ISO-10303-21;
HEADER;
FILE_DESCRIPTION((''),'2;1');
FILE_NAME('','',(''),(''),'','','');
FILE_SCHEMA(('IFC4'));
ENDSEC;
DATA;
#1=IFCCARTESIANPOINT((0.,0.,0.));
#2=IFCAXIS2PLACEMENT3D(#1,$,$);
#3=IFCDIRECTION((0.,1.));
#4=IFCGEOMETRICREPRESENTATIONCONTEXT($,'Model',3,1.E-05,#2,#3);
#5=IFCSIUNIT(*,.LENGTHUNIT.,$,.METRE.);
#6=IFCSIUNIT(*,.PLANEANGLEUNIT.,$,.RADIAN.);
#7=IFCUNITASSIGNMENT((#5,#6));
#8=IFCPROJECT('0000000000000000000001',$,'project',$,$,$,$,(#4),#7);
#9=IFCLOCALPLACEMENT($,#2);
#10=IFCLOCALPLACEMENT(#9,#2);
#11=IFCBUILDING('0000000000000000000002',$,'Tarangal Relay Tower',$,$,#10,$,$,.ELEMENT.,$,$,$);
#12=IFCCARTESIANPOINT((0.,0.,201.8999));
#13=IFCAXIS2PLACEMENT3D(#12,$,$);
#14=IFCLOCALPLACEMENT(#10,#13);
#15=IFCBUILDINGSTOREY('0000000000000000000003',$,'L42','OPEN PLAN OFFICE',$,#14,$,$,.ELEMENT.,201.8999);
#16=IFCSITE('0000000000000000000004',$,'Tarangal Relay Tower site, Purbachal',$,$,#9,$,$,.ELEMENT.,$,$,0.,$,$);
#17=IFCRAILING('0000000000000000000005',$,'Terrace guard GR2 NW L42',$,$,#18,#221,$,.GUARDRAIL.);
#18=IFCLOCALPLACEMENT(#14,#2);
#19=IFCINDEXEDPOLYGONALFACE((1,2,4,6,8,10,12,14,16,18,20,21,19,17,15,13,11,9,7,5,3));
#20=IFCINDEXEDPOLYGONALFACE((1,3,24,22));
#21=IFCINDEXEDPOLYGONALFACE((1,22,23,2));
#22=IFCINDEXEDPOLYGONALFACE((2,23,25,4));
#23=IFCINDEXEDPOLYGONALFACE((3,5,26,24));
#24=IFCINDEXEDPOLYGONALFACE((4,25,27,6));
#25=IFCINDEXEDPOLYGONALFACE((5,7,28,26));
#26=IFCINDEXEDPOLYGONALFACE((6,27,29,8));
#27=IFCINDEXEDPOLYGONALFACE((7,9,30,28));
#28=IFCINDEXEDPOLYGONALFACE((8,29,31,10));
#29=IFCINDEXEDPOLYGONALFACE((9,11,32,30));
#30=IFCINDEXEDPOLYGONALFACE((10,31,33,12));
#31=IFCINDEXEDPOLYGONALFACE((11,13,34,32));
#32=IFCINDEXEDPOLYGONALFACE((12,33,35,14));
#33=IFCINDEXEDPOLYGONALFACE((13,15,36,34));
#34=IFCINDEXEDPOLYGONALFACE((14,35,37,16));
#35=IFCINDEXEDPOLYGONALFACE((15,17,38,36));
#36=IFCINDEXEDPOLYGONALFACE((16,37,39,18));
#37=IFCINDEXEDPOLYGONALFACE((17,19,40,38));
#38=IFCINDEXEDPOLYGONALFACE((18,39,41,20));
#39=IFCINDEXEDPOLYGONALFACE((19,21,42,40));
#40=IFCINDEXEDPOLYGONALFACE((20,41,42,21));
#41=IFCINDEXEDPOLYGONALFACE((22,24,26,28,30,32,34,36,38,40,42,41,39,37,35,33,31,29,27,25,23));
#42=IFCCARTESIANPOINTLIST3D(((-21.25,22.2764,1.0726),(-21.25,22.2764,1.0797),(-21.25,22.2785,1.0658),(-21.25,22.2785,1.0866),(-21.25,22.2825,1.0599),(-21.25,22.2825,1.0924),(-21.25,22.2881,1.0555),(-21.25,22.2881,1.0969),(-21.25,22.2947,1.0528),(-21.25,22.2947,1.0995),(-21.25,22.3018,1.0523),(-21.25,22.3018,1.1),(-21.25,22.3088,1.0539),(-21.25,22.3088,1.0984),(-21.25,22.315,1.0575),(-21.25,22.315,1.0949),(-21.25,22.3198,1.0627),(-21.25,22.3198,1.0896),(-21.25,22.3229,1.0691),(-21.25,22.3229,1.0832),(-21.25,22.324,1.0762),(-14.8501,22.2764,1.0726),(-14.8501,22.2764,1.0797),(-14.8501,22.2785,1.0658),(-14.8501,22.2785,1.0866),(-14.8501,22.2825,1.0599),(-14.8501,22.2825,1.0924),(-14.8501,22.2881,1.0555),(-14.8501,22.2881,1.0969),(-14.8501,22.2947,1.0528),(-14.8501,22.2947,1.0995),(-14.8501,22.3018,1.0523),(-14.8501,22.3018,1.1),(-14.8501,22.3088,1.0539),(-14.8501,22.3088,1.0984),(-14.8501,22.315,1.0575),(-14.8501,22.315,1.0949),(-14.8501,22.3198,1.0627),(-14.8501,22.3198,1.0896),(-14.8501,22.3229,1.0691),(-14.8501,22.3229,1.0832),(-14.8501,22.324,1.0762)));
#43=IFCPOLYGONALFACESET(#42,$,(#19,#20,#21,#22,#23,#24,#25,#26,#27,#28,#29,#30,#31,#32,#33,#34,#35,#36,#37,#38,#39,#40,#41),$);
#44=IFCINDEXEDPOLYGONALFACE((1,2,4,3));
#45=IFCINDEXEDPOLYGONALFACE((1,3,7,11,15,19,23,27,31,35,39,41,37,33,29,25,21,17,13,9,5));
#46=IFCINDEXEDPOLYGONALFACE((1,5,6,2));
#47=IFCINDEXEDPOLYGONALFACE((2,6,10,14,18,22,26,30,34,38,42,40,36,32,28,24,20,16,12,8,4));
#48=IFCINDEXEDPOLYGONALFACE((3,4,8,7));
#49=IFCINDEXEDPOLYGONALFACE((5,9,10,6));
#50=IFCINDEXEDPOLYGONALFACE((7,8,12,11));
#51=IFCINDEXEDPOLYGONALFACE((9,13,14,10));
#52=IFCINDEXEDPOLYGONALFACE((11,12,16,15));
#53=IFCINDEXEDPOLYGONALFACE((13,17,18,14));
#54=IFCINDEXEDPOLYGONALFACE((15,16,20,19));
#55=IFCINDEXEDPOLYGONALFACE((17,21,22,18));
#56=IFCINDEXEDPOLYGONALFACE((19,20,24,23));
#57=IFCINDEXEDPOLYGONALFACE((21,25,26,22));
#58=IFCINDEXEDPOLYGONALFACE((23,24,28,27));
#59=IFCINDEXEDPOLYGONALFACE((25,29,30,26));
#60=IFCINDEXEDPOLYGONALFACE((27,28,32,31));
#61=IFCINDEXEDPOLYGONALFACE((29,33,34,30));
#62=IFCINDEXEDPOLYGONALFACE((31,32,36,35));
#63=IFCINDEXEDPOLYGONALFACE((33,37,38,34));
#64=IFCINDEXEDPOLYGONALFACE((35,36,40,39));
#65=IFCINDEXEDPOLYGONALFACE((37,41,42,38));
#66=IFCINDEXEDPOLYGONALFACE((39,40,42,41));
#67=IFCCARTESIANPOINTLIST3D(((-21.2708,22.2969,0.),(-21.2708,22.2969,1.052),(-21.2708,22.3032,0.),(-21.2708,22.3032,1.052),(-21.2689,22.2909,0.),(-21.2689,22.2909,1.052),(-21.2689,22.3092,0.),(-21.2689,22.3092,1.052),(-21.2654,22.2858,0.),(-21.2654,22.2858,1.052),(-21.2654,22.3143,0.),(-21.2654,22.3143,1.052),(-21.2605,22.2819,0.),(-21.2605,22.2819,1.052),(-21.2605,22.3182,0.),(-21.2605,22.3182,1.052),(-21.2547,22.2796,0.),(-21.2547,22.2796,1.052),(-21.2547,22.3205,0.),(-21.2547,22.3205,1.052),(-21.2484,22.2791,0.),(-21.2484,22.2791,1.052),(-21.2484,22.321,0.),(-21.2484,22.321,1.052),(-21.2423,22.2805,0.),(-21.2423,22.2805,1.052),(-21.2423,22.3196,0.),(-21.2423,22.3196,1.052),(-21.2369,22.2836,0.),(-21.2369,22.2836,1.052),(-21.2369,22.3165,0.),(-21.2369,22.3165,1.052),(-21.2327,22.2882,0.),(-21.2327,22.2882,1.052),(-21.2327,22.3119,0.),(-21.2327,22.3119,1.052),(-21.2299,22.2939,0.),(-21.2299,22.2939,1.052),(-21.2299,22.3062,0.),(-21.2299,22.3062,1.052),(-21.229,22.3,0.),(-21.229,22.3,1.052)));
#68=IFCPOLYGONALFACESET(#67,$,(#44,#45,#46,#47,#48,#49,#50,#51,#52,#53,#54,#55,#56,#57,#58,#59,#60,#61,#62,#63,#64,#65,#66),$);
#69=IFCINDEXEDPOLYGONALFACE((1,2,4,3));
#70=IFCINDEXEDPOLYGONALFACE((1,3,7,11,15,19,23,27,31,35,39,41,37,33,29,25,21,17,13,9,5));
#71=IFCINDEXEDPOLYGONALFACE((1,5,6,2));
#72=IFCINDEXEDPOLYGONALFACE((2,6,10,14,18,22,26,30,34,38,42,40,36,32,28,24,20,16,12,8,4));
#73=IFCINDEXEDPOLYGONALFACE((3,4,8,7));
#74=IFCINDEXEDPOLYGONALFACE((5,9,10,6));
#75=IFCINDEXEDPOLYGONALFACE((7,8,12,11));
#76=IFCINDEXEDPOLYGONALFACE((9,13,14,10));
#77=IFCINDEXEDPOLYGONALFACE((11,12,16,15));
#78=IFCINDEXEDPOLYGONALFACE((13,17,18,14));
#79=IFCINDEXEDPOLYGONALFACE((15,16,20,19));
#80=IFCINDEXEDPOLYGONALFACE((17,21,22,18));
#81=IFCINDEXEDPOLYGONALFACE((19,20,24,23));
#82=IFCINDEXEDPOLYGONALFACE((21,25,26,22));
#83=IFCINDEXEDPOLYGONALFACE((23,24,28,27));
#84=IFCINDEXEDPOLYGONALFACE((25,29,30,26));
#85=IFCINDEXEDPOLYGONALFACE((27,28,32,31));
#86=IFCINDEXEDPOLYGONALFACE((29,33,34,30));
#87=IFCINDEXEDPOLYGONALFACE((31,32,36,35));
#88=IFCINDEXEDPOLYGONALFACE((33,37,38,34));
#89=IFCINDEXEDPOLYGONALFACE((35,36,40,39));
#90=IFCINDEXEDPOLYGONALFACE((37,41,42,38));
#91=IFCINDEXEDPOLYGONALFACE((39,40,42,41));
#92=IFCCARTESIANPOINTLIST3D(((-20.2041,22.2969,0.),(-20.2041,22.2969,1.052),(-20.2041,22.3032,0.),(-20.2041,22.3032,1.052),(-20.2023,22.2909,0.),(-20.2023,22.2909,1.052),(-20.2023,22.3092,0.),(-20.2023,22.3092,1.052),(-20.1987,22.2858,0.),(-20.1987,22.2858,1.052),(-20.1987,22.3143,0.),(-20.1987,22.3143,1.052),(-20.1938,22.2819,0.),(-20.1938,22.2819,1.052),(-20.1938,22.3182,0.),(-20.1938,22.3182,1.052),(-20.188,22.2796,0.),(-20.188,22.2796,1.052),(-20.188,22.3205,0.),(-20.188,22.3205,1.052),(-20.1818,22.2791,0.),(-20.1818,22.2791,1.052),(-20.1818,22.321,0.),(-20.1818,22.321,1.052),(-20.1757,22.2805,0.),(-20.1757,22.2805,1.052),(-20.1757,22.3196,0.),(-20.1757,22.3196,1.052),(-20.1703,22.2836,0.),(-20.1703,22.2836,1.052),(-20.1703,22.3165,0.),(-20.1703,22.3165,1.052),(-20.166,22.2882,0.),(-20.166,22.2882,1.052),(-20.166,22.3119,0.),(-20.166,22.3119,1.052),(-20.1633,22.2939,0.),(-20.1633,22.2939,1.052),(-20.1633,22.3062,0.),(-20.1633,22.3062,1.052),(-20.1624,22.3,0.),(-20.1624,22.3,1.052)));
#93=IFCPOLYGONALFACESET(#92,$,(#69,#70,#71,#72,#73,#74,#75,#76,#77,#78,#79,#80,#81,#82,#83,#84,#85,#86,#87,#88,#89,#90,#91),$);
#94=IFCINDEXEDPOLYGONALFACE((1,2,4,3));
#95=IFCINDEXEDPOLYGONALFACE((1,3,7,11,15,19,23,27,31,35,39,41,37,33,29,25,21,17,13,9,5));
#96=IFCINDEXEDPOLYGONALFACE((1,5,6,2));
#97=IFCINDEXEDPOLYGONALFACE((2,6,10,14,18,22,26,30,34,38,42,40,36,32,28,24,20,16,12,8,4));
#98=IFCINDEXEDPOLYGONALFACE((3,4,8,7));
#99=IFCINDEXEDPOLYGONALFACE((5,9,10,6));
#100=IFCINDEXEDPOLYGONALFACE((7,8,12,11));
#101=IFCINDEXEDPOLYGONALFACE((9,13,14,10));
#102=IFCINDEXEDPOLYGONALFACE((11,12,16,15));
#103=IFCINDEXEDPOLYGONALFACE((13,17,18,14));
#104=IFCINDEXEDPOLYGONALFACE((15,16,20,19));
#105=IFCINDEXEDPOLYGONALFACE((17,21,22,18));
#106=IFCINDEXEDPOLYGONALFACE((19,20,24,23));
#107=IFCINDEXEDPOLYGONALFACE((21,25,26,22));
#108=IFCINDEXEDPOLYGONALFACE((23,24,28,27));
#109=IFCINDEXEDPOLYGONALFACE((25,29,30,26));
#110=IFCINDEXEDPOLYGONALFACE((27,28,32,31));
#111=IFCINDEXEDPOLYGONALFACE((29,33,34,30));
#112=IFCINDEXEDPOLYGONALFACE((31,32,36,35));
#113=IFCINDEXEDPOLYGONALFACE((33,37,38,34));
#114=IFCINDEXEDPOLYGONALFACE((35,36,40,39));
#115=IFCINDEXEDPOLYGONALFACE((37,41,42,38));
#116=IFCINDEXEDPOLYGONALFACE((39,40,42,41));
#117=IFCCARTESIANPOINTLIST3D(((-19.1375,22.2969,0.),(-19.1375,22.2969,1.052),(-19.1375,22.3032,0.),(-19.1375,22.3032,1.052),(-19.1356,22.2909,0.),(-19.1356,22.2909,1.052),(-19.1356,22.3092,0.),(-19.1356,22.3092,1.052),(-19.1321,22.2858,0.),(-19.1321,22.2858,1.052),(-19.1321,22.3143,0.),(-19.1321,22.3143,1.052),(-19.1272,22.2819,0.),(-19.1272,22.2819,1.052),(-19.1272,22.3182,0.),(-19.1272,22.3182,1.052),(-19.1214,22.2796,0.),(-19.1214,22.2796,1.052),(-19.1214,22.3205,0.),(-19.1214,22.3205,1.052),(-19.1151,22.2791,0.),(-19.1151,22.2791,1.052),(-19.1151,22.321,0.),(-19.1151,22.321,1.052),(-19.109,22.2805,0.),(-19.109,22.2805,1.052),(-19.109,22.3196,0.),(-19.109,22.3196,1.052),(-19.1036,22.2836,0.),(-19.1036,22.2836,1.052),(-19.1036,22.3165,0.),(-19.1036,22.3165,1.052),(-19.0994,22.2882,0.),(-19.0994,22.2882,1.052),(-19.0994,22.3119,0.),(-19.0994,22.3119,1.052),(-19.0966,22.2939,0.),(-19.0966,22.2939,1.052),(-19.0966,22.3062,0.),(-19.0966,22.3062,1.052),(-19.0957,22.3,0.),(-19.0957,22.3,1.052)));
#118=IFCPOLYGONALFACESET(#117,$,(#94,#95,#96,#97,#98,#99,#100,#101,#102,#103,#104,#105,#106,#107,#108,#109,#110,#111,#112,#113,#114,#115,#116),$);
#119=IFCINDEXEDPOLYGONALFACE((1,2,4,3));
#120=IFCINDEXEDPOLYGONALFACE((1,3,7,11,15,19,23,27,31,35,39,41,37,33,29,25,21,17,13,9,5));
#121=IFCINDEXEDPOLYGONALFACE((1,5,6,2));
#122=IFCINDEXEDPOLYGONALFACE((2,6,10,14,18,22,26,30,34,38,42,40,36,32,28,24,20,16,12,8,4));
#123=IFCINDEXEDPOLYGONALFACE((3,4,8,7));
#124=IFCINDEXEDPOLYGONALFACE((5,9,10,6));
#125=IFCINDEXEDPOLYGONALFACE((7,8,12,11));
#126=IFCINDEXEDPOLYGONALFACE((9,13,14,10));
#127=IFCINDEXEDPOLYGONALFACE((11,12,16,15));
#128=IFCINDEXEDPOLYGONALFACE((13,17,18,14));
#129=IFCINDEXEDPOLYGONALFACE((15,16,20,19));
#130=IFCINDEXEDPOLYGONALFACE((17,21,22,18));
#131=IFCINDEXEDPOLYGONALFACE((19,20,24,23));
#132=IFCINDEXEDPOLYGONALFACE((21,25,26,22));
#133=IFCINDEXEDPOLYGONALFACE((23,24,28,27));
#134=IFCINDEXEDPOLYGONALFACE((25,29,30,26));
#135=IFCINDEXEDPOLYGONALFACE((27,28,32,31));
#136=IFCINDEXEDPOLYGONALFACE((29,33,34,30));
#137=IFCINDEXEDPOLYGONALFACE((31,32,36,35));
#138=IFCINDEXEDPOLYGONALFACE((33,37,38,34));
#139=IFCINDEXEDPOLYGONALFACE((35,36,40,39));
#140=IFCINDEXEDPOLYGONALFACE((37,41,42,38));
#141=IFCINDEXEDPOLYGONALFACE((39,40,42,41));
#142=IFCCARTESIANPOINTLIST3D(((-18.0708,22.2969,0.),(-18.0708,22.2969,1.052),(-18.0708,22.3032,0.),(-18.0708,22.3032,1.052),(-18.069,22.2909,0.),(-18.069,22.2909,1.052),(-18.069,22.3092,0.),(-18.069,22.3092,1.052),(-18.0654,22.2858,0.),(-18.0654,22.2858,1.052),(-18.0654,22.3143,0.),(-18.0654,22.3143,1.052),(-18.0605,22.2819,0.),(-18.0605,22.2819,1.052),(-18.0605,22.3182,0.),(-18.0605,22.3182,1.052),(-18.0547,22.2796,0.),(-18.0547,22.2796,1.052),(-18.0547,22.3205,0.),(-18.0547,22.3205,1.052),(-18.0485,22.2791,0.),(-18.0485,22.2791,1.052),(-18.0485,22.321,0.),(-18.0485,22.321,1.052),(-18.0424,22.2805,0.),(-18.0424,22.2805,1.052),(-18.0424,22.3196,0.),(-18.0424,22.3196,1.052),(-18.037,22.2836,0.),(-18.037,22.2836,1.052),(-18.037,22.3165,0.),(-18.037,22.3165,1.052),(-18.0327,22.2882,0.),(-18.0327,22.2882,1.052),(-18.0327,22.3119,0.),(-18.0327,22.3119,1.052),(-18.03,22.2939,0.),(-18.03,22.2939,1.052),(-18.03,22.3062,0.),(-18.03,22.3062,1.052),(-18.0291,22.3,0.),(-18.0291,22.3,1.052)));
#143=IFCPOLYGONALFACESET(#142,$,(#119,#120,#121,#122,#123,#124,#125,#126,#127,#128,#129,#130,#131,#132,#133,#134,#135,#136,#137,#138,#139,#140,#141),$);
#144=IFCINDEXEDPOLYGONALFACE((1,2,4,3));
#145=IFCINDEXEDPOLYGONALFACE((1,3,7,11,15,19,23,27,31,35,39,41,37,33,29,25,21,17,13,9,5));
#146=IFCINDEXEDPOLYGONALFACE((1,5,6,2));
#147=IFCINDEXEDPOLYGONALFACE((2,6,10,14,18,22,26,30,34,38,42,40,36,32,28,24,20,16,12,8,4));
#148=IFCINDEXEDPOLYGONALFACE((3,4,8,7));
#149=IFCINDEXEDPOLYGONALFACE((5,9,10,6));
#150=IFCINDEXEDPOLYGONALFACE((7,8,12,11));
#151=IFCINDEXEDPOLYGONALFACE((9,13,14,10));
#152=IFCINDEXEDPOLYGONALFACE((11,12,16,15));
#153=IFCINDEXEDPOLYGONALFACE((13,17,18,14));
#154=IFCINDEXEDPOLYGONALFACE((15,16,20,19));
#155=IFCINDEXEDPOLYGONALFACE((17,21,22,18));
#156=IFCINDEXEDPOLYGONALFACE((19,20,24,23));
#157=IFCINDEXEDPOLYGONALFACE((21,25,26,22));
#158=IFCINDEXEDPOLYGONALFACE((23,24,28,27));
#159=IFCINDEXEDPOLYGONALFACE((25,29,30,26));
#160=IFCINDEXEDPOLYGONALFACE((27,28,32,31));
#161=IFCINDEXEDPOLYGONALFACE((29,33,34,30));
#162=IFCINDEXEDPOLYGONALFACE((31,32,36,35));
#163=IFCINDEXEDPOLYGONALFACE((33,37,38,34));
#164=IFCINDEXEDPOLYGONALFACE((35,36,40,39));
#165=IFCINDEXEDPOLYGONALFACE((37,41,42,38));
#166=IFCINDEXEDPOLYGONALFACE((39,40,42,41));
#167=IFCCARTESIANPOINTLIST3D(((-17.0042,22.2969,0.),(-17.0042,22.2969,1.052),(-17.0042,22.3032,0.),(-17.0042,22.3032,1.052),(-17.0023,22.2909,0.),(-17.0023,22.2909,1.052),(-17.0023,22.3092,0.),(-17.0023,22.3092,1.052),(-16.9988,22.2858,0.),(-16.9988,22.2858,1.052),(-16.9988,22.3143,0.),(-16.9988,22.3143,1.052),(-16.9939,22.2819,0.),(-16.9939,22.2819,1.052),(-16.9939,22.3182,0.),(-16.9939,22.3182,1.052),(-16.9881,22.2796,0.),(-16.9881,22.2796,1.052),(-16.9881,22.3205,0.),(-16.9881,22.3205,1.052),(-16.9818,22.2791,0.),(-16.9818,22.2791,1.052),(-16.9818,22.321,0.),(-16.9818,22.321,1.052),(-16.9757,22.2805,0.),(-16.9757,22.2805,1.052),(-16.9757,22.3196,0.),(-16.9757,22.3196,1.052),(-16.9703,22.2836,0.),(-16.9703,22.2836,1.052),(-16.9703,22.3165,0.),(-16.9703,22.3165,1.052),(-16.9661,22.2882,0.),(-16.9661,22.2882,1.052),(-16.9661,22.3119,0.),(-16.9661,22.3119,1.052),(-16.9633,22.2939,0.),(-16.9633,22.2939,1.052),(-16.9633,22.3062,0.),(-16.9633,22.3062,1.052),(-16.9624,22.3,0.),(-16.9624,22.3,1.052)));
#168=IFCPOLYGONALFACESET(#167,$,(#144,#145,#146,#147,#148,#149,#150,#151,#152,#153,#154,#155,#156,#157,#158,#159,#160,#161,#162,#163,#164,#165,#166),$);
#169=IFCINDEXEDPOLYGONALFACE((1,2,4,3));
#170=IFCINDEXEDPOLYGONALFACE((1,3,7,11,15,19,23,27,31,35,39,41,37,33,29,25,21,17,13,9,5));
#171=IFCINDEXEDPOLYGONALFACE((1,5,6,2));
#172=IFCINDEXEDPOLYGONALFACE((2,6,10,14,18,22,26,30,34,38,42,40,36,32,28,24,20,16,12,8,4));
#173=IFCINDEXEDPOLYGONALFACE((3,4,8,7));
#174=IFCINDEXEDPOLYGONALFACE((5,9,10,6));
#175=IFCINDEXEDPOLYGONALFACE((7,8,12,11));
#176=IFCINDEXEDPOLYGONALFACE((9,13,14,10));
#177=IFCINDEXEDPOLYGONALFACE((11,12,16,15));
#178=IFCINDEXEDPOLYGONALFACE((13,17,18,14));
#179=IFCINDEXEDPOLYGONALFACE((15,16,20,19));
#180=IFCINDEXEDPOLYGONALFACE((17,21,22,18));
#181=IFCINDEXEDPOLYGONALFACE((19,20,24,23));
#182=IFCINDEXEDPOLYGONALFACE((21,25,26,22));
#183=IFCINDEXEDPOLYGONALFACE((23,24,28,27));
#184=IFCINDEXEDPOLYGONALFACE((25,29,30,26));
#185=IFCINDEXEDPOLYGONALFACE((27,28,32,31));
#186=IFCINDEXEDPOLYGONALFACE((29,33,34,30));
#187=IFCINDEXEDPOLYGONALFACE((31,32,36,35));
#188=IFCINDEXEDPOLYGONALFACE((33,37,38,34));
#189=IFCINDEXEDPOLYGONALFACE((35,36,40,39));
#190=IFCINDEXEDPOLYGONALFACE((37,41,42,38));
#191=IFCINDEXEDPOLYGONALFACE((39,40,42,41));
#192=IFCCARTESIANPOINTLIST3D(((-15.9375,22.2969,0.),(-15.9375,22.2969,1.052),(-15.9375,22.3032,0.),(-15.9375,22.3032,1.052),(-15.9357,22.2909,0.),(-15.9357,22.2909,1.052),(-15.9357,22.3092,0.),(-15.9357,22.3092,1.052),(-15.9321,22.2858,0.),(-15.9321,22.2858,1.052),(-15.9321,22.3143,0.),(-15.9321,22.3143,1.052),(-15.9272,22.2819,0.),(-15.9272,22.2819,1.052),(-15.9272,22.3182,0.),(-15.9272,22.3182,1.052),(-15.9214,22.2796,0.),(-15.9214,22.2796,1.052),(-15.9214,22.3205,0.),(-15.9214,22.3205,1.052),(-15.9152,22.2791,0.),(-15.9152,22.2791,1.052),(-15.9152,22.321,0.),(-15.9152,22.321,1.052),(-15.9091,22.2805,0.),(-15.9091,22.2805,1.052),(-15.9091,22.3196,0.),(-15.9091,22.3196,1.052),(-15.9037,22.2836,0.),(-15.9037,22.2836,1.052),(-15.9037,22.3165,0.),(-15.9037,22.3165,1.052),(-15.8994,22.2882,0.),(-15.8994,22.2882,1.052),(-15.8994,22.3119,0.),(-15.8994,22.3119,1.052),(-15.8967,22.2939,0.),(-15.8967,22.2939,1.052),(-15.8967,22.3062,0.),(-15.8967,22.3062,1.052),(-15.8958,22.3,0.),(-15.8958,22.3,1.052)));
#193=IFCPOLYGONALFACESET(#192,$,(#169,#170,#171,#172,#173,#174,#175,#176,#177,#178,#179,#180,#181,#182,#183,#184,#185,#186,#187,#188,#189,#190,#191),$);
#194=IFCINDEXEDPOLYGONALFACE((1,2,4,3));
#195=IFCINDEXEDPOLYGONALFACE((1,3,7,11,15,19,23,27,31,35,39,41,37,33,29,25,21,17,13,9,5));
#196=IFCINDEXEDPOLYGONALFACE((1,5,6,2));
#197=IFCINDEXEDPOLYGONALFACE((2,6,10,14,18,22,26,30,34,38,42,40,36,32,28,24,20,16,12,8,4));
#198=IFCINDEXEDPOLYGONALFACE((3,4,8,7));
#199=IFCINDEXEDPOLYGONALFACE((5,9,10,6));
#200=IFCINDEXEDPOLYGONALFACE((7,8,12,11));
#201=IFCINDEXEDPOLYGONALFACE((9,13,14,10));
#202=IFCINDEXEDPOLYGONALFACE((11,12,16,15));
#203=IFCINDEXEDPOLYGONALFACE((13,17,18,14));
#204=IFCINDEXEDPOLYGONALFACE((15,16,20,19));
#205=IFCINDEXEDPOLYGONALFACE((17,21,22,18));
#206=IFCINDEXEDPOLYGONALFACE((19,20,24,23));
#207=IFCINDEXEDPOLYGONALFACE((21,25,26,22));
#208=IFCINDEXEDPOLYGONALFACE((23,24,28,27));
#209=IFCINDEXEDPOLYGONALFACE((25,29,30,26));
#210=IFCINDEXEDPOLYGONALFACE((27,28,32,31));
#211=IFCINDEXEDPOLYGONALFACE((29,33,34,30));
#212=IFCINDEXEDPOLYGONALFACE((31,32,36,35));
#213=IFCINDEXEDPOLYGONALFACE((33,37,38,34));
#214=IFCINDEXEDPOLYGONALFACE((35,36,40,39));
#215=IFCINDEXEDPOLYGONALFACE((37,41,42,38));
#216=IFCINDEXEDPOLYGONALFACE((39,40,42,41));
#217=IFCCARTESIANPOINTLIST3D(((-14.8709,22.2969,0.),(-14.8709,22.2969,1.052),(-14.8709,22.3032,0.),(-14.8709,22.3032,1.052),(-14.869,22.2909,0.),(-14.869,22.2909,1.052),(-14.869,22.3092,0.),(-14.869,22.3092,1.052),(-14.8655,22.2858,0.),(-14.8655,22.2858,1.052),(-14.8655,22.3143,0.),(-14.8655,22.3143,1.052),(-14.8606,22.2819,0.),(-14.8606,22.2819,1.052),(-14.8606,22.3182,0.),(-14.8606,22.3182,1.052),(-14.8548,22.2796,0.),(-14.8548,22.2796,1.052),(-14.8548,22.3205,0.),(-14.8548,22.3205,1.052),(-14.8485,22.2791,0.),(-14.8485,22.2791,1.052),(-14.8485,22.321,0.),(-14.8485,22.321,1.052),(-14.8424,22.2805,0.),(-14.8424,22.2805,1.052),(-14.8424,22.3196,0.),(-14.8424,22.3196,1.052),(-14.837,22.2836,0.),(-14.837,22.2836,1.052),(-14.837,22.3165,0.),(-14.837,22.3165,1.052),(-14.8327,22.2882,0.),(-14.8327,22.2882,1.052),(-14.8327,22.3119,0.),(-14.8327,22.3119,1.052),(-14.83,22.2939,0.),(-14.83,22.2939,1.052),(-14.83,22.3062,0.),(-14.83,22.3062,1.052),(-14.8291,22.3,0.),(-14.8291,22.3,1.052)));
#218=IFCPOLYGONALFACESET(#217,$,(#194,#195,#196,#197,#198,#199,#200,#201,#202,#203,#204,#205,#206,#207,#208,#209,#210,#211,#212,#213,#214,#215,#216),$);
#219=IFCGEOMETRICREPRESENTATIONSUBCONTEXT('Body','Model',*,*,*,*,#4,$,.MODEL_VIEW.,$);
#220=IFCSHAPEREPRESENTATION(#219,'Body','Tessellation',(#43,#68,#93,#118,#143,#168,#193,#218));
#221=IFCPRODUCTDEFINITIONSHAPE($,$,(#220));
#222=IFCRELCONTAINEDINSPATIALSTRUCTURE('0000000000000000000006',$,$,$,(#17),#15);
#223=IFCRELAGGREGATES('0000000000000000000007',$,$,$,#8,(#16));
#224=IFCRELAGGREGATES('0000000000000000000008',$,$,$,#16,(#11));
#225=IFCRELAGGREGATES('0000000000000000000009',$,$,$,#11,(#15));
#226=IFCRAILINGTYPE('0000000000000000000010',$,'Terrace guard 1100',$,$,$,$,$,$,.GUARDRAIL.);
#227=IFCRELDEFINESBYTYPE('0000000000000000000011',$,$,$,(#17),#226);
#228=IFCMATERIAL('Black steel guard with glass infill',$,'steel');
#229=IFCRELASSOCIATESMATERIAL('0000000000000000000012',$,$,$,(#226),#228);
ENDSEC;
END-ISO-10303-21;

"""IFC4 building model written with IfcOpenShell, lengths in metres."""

from ifc_helpers import new_model, si_unit, direction, frame, origin, origin_2d, place, context, subcontext, project, spatial, circle, extrude, material, type_object, element, save


model = new_model("IFC4")

# Units and contexts
model_context = context("Model", 3, precision=1e-05, world=origin(), true_north=direction((0.0, 1.0)))
body_context = subcontext(model_context, "Body", "Model", "MODEL_VIEW")
ifc_project = project(units=[si_unit("LENGTHUNIT", "METRE"), si_unit("PLANEANGLEUNIT", "RADIAN")], contexts=[model_context])

# Site, building, storey
site_placement = place(None, origin())
site = spatial("IfcSite", under=ifc_project, at=site_placement, Name="Tarangal Relay Tower site, Purbachal", CompositionType="ELEMENT", RefElevation=0.0)
building_placement = place(site_placement, origin())
building = spatial("IfcBuilding", under=site, at=building_placement, Name="Tarangal Relay Tower", CompositionType="ELEMENT")
storey_placement = place(building_placement, frame((0.0, 0.0, 201.8999)))
storey = spatial("IfcBuildingStorey", under=building, at=storey_placement, Name="L42", Description="OPEN PLAN OFFICE", CompositionType="ELEMENT", Elevation=201.8999)

# Railing
ifc_material_1 = material(Name="Black steel guard with glass infill", Category="steel")
railing_type = type_object("IfcRailingType", Name="Terrace guard 1100", PredefinedType="GUARDRAIL", material=ifc_material_1)
railing_1_placement = place(storey_placement, frame((-21.25, 22.3, 0.0)))
element("IfcRailing", 1, at=railing_1_placement, inside=storey, type_object=railing_type, Name="Terrace guard GR2 NW L42", PredefinedType="GUARDRAIL", context=body_context, shape_type="SweptSolid", body=[
    extrude(circle(Radius=0.0239, at=origin_2d()), frame((0.0, 0.0, 1.0762), z_axis=(1.0, 0.0, 0.0), x_axis=(0.0, 1.0, 0.0)), (0.0, 0.0, 1.0), 6.3999),
    extrude(circle(Radius=0.021, at=origin_2d()), origin(), (0.0, 0.0, 1.0), 1.052),
    extrude(circle(Radius=0.021, at=origin_2d()), frame((1.0667, 0.0, 0.0)), (0.0, 0.0, 1.0), 1.052),
    extrude(circle(Radius=0.021, at=origin_2d()), frame((2.1333, 0.0, 0.0)), (0.0, 0.0, 1.0), 1.052),
    extrude(circle(Radius=0.021, at=origin_2d()), frame((3.2, 0.0, 0.0)), (0.0, 0.0, 1.0), 1.052),
    extrude(circle(Radius=0.021, at=origin_2d()), frame((4.2666, 0.0, 0.0)), (0.0, 0.0, 1.0), 1.052),
    extrude(circle(Radius=0.021, at=origin_2d()), frame((5.3333, 0.0, 0.0)), (0.0, 0.0, 1.0), 1.052),
    extrude(circle(Radius=0.021, at=origin_2d()), frame((6.3999, 0.0, 0.0)), (0.0, 0.0, 1.0), 1.052),
])

save(model, "model.ifc")
